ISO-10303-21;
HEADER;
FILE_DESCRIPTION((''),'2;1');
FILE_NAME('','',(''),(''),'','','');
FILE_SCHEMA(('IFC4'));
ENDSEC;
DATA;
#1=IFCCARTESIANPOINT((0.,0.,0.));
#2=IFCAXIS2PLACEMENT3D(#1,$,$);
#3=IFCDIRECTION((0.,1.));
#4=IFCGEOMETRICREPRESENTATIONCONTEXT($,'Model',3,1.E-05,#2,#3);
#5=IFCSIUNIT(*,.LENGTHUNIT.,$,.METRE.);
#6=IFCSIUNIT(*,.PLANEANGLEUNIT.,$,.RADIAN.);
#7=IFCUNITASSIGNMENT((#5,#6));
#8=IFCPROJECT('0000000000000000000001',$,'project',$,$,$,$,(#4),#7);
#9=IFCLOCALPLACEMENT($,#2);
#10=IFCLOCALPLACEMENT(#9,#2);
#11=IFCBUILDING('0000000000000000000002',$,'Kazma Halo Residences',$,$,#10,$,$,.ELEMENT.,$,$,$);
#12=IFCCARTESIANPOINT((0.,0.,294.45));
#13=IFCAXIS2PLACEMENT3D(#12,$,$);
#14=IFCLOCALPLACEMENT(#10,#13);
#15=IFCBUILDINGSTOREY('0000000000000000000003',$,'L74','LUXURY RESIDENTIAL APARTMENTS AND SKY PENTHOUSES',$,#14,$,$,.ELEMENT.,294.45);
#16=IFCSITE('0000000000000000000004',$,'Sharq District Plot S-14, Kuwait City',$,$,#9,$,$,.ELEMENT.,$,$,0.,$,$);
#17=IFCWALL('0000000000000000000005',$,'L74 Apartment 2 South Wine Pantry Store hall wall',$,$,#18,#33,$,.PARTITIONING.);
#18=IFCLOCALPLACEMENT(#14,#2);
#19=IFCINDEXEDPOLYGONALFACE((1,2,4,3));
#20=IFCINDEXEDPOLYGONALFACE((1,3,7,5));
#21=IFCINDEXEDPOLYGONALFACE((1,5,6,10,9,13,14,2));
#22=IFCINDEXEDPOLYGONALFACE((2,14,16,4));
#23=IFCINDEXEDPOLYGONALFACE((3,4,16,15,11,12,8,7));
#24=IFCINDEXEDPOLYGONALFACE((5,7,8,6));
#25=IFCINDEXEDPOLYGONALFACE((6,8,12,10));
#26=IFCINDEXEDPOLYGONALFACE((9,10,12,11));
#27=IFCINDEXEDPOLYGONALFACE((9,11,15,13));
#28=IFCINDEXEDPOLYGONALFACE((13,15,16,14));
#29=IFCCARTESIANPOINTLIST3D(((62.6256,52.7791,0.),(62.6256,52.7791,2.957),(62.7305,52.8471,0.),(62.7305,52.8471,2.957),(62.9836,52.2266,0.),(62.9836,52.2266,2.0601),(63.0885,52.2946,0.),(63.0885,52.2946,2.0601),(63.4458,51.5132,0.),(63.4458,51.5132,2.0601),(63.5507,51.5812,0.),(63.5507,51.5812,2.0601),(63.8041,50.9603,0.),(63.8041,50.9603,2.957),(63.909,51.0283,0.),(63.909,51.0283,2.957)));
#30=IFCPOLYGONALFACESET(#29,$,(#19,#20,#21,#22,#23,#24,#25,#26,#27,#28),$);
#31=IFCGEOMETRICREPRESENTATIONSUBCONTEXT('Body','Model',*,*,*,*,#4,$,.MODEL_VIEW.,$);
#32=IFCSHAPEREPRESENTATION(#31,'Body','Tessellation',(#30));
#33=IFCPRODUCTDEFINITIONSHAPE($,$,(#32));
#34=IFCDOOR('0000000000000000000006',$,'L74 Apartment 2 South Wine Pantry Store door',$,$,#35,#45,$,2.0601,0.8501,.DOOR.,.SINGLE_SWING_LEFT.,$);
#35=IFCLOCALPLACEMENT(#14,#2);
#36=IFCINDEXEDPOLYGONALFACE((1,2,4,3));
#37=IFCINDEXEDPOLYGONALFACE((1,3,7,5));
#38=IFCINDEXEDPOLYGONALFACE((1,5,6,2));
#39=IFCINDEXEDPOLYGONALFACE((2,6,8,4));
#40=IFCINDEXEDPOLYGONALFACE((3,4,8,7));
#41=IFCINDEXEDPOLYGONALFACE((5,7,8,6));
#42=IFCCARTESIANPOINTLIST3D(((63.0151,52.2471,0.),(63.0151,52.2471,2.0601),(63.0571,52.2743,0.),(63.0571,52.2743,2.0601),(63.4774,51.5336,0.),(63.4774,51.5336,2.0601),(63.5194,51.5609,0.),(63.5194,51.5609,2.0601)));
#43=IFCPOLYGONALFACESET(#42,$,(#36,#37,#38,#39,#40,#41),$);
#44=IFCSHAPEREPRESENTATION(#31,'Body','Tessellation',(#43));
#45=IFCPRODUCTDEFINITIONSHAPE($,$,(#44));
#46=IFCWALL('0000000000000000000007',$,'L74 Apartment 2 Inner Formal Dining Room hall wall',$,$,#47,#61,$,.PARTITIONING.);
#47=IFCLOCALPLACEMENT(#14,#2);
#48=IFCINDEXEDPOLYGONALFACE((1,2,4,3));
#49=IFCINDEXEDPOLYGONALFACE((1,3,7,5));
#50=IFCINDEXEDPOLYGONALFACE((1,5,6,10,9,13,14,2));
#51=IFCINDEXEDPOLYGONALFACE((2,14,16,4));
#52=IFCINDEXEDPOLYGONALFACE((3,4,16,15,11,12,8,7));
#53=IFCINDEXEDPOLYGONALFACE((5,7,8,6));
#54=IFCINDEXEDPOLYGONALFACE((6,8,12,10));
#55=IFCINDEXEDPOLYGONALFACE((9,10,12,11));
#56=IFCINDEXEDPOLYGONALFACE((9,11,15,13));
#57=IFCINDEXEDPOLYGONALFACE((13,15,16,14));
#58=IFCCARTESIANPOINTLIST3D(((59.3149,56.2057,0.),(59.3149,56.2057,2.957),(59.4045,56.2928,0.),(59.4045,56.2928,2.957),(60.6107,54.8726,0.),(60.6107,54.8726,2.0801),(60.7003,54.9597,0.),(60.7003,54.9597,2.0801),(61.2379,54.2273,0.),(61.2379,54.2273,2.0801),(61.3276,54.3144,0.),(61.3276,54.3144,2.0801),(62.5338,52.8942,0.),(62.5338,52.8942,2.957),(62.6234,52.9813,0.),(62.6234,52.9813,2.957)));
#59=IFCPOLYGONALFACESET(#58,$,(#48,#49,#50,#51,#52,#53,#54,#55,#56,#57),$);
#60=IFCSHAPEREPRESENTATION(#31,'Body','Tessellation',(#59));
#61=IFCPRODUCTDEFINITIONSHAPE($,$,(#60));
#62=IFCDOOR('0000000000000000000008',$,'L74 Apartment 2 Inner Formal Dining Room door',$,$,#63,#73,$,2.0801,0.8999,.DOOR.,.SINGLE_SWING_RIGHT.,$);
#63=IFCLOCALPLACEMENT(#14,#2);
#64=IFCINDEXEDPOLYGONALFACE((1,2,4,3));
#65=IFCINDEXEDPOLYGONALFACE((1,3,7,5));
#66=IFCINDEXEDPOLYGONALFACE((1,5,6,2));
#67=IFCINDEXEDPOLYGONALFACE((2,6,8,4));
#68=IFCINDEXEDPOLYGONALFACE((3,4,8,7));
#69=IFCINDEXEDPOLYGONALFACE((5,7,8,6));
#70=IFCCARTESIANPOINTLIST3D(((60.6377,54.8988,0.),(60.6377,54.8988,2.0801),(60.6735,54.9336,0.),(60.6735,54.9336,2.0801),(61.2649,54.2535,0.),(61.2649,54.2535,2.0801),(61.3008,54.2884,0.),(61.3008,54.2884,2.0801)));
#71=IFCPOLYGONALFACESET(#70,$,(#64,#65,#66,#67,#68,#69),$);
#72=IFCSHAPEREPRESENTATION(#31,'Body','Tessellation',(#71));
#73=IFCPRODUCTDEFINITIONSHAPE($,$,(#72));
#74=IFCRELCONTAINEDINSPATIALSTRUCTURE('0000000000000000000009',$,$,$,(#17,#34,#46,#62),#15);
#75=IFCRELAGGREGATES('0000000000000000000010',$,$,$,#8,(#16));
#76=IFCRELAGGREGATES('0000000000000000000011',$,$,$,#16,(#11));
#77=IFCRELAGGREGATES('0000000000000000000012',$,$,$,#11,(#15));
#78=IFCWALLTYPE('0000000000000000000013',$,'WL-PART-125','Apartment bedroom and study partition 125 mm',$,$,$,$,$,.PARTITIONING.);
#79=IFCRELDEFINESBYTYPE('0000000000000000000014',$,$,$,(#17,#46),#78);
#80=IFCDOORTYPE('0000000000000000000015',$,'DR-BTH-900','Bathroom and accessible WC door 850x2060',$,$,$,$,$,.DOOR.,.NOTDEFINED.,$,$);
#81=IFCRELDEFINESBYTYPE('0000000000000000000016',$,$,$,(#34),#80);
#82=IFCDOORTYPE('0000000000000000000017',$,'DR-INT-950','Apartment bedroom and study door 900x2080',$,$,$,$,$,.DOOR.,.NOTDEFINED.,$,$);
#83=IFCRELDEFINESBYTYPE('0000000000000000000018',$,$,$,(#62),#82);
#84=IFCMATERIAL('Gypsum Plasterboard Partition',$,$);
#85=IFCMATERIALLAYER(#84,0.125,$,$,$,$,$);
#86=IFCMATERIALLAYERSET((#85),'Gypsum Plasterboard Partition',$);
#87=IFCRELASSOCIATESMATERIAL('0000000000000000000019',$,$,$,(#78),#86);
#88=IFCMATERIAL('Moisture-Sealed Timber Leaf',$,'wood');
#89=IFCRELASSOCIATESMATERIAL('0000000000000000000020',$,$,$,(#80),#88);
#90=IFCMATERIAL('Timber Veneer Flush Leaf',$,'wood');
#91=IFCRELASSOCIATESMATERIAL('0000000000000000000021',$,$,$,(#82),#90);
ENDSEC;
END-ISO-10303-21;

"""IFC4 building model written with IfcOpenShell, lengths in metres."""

from ifc_helpers import new_model, si_unit, direction, frame, frame_2d, origin, place, context, subcontext, project, spatial, rectangle, extrude, material, layer, layer_set, type_object, element, fill, save


model = new_model("IFC4")

# Units and contexts
model_context = context("Model", 3, precision=1e-05, world=origin(), true_north=direction((0.0, 1.0)))
body_context = subcontext(model_context, "Body", "Model", "MODEL_VIEW")
ifc_project = project(units=[si_unit("LENGTHUNIT", "METRE"), si_unit("PLANEANGLEUNIT", "RADIAN")], contexts=[model_context])

# Site, building, storey
site_placement = place(None, origin())
site = spatial("IfcSite", under=ifc_project, at=site_placement, Name="Sharq District Plot S-14, Kuwait City", CompositionType="ELEMENT", RefElevation=0.0)
building_placement = place(site_placement, origin())
building = spatial("IfcBuilding", under=site, at=building_placement, Name="Kazma Halo Residences", CompositionType="ELEMENT")
storey_placement = place(building_placement, frame((0.0, 0.0, 294.45)))
storey = spatial("IfcBuildingStorey", under=building, at=storey_placement, Name="L74", Description="LUXURY RESIDENTIAL APARTMENTS AND SKY PENTHOUSES", CompositionType="ELEMENT", Elevation=294.45)

# Shared definitions
ifc_material_1 = material(Name="Gypsum Plasterboard Partition")
ifc_layer_1 = layer(ifc_material_1, 0.125)
ifc_layer_set_1 = layer_set([ifc_layer_1], Name="Gypsum Plasterboard Partition")
wall_type_1 = type_object("IfcWallType", Name="WL-PART-125", Description="Apartment bedroom and study partition 125 mm", PredefinedType="PARTITIONING", material=ifc_layer_set_1)

# Shared definitions
ifc_material_2 = material(Name="Moisture-Sealed Timber Leaf", Category="wood")
door_type_1 = type_object("IfcDoorType", Name="DR-BTH-900", Description="Bathroom and accessible WC door 850x2060", OperationType="NOTDEFINED", PredefinedType="DOOR", material=ifc_material_2)

# Walls, openings, doors
wall_1_placement = place(storey_placement, frame((63.8564, 50.9944, 0.0), z_axis=(0.0, 0.0, 1.0), x_axis=(-0.54376, 0.839241, 0.0)))
wall_1 = element("IfcWall", 1, at=wall_1_placement, inside=storey, type_object=wall_type_1, Name="L74 Apartment 2 South Wine Pantry Store hall wall", PredefinedType="PARTITIONING", context=body_context, shape_type="SweptSolid", body=[
    extrude(rectangle(XDim=2.1672, YDim=0.125, at=frame_2d((1.0835, 0.0))), origin(), (0.0, 0.0, 1.0), 2.957),
])
opening_1_placement = place(wall_1_placement, frame((0.6587, 0.0, 0.0)))
opening_1 = element("IfcOpeningElement", 2, at=opening_1_placement, cuts=wall_1, PredefinedType="OPENING", context=body_context, shape_type="SweptSolid", body=[
    extrude(rectangle(XDim=0.8501, YDim=2.0601, at=frame_2d((0.425, 1.03))), frame((0.0, 0.0725, 0.0), z_axis=(0.0, -1.0, 0.0), x_axis=(1.0, 0.0, 0.0)), (0.0, 0.0, 1.0), 0.145),
])
door_1_placement = place(opening_1_placement, origin())
door_1 = element("IfcDoor", 3, at=door_1_placement, inside=storey, type_object=door_type_1, Name="L74 Apartment 2 South Wine Pantry Store door", OperationType="SINGLE_SWING_LEFT", OverallHeight=2.0601, OverallWidth=0.8501, PredefinedType="DOOR", context=body_context, shape_type="SweptSolid", body=[
    extrude(rectangle(XDim=0.8501, YDim=2.0601, at=frame_2d((0.425, 1.03))), frame((0.0, 0.0249, 0.0), z_axis=(0.0, -1.0, 0.0), x_axis=(1.0, 0.0, 0.0)), (0.0, 0.0, 1.0), 0.05),
])
fill(opening_1, door_1)
wall_2_placement = place(storey_placement, frame((62.5786, 52.9377, 0.0), z_axis=(0.0, 0.0, 1.0), x_axis=(-0.697018, 0.717054, 0.0)))
wall_2 = element("IfcWall", 4, at=wall_2_placement, inside=storey, type_object=wall_type_1, Name="L74 Apartment 2 Inner Formal Dining Room hall wall", PredefinedType="PARTITIONING", context=body_context, shape_type="SweptSolid", body=[
    extrude(rectangle(XDim=4.6182, YDim=0.125, at=frame_2d((2.3091, 0.0))), origin(), (0.0, 0.0, 1.0), 2.957),
])
opening_2_placement = place(wall_2_placement, frame((1.8591, 0.0, 0.0)))
opening_2 = element("IfcOpeningElement", 5, at=opening_2_placement, cuts=wall_2, PredefinedType="OPENING", context=body_context, shape_type="SweptSolid", body=[
    extrude(rectangle(XDim=0.8999, YDim=2.0801, at=frame_2d((0.45, 1.04))), frame((0.0, 0.0725, 0.0), z_axis=(0.0, -1.0, 0.0), x_axis=(1.0, 0.0, 0.0)), (0.0, 0.0, 1.0), 0.145),
])
ifc_material_3 = material(Name="Timber Veneer Flush Leaf", Category="wood")
door_type_2 = type_object("IfcDoorType", Name="DR-INT-950", Description="Apartment bedroom and study door 900x2080", OperationType="NOTDEFINED", PredefinedType="DOOR", material=ifc_material_3)
door_2_placement = place(opening_2_placement, origin())
door_2 = element("IfcDoor", 6, at=door_2_placement, inside=storey, type_object=door_type_2, Name="L74 Apartment 2 Inner Formal Dining Room door", OperationType="SINGLE_SWING_RIGHT", OverallHeight=2.0801, OverallWidth=0.8999, PredefinedType="DOOR", context=body_context, shape_type="SweptSolid", body=[
    extrude(rectangle(XDim=0.8999, YDim=2.0801, at=frame_2d((0.45, 1.04))), frame((0.0, 0.0249, 0.0), z_axis=(0.0, -1.0, 0.0), x_axis=(1.0, 0.0, 0.0)), (0.0, 0.0, 1.0), 0.05),
])
fill(opening_2, door_2)

save(model, "model.ifc")
